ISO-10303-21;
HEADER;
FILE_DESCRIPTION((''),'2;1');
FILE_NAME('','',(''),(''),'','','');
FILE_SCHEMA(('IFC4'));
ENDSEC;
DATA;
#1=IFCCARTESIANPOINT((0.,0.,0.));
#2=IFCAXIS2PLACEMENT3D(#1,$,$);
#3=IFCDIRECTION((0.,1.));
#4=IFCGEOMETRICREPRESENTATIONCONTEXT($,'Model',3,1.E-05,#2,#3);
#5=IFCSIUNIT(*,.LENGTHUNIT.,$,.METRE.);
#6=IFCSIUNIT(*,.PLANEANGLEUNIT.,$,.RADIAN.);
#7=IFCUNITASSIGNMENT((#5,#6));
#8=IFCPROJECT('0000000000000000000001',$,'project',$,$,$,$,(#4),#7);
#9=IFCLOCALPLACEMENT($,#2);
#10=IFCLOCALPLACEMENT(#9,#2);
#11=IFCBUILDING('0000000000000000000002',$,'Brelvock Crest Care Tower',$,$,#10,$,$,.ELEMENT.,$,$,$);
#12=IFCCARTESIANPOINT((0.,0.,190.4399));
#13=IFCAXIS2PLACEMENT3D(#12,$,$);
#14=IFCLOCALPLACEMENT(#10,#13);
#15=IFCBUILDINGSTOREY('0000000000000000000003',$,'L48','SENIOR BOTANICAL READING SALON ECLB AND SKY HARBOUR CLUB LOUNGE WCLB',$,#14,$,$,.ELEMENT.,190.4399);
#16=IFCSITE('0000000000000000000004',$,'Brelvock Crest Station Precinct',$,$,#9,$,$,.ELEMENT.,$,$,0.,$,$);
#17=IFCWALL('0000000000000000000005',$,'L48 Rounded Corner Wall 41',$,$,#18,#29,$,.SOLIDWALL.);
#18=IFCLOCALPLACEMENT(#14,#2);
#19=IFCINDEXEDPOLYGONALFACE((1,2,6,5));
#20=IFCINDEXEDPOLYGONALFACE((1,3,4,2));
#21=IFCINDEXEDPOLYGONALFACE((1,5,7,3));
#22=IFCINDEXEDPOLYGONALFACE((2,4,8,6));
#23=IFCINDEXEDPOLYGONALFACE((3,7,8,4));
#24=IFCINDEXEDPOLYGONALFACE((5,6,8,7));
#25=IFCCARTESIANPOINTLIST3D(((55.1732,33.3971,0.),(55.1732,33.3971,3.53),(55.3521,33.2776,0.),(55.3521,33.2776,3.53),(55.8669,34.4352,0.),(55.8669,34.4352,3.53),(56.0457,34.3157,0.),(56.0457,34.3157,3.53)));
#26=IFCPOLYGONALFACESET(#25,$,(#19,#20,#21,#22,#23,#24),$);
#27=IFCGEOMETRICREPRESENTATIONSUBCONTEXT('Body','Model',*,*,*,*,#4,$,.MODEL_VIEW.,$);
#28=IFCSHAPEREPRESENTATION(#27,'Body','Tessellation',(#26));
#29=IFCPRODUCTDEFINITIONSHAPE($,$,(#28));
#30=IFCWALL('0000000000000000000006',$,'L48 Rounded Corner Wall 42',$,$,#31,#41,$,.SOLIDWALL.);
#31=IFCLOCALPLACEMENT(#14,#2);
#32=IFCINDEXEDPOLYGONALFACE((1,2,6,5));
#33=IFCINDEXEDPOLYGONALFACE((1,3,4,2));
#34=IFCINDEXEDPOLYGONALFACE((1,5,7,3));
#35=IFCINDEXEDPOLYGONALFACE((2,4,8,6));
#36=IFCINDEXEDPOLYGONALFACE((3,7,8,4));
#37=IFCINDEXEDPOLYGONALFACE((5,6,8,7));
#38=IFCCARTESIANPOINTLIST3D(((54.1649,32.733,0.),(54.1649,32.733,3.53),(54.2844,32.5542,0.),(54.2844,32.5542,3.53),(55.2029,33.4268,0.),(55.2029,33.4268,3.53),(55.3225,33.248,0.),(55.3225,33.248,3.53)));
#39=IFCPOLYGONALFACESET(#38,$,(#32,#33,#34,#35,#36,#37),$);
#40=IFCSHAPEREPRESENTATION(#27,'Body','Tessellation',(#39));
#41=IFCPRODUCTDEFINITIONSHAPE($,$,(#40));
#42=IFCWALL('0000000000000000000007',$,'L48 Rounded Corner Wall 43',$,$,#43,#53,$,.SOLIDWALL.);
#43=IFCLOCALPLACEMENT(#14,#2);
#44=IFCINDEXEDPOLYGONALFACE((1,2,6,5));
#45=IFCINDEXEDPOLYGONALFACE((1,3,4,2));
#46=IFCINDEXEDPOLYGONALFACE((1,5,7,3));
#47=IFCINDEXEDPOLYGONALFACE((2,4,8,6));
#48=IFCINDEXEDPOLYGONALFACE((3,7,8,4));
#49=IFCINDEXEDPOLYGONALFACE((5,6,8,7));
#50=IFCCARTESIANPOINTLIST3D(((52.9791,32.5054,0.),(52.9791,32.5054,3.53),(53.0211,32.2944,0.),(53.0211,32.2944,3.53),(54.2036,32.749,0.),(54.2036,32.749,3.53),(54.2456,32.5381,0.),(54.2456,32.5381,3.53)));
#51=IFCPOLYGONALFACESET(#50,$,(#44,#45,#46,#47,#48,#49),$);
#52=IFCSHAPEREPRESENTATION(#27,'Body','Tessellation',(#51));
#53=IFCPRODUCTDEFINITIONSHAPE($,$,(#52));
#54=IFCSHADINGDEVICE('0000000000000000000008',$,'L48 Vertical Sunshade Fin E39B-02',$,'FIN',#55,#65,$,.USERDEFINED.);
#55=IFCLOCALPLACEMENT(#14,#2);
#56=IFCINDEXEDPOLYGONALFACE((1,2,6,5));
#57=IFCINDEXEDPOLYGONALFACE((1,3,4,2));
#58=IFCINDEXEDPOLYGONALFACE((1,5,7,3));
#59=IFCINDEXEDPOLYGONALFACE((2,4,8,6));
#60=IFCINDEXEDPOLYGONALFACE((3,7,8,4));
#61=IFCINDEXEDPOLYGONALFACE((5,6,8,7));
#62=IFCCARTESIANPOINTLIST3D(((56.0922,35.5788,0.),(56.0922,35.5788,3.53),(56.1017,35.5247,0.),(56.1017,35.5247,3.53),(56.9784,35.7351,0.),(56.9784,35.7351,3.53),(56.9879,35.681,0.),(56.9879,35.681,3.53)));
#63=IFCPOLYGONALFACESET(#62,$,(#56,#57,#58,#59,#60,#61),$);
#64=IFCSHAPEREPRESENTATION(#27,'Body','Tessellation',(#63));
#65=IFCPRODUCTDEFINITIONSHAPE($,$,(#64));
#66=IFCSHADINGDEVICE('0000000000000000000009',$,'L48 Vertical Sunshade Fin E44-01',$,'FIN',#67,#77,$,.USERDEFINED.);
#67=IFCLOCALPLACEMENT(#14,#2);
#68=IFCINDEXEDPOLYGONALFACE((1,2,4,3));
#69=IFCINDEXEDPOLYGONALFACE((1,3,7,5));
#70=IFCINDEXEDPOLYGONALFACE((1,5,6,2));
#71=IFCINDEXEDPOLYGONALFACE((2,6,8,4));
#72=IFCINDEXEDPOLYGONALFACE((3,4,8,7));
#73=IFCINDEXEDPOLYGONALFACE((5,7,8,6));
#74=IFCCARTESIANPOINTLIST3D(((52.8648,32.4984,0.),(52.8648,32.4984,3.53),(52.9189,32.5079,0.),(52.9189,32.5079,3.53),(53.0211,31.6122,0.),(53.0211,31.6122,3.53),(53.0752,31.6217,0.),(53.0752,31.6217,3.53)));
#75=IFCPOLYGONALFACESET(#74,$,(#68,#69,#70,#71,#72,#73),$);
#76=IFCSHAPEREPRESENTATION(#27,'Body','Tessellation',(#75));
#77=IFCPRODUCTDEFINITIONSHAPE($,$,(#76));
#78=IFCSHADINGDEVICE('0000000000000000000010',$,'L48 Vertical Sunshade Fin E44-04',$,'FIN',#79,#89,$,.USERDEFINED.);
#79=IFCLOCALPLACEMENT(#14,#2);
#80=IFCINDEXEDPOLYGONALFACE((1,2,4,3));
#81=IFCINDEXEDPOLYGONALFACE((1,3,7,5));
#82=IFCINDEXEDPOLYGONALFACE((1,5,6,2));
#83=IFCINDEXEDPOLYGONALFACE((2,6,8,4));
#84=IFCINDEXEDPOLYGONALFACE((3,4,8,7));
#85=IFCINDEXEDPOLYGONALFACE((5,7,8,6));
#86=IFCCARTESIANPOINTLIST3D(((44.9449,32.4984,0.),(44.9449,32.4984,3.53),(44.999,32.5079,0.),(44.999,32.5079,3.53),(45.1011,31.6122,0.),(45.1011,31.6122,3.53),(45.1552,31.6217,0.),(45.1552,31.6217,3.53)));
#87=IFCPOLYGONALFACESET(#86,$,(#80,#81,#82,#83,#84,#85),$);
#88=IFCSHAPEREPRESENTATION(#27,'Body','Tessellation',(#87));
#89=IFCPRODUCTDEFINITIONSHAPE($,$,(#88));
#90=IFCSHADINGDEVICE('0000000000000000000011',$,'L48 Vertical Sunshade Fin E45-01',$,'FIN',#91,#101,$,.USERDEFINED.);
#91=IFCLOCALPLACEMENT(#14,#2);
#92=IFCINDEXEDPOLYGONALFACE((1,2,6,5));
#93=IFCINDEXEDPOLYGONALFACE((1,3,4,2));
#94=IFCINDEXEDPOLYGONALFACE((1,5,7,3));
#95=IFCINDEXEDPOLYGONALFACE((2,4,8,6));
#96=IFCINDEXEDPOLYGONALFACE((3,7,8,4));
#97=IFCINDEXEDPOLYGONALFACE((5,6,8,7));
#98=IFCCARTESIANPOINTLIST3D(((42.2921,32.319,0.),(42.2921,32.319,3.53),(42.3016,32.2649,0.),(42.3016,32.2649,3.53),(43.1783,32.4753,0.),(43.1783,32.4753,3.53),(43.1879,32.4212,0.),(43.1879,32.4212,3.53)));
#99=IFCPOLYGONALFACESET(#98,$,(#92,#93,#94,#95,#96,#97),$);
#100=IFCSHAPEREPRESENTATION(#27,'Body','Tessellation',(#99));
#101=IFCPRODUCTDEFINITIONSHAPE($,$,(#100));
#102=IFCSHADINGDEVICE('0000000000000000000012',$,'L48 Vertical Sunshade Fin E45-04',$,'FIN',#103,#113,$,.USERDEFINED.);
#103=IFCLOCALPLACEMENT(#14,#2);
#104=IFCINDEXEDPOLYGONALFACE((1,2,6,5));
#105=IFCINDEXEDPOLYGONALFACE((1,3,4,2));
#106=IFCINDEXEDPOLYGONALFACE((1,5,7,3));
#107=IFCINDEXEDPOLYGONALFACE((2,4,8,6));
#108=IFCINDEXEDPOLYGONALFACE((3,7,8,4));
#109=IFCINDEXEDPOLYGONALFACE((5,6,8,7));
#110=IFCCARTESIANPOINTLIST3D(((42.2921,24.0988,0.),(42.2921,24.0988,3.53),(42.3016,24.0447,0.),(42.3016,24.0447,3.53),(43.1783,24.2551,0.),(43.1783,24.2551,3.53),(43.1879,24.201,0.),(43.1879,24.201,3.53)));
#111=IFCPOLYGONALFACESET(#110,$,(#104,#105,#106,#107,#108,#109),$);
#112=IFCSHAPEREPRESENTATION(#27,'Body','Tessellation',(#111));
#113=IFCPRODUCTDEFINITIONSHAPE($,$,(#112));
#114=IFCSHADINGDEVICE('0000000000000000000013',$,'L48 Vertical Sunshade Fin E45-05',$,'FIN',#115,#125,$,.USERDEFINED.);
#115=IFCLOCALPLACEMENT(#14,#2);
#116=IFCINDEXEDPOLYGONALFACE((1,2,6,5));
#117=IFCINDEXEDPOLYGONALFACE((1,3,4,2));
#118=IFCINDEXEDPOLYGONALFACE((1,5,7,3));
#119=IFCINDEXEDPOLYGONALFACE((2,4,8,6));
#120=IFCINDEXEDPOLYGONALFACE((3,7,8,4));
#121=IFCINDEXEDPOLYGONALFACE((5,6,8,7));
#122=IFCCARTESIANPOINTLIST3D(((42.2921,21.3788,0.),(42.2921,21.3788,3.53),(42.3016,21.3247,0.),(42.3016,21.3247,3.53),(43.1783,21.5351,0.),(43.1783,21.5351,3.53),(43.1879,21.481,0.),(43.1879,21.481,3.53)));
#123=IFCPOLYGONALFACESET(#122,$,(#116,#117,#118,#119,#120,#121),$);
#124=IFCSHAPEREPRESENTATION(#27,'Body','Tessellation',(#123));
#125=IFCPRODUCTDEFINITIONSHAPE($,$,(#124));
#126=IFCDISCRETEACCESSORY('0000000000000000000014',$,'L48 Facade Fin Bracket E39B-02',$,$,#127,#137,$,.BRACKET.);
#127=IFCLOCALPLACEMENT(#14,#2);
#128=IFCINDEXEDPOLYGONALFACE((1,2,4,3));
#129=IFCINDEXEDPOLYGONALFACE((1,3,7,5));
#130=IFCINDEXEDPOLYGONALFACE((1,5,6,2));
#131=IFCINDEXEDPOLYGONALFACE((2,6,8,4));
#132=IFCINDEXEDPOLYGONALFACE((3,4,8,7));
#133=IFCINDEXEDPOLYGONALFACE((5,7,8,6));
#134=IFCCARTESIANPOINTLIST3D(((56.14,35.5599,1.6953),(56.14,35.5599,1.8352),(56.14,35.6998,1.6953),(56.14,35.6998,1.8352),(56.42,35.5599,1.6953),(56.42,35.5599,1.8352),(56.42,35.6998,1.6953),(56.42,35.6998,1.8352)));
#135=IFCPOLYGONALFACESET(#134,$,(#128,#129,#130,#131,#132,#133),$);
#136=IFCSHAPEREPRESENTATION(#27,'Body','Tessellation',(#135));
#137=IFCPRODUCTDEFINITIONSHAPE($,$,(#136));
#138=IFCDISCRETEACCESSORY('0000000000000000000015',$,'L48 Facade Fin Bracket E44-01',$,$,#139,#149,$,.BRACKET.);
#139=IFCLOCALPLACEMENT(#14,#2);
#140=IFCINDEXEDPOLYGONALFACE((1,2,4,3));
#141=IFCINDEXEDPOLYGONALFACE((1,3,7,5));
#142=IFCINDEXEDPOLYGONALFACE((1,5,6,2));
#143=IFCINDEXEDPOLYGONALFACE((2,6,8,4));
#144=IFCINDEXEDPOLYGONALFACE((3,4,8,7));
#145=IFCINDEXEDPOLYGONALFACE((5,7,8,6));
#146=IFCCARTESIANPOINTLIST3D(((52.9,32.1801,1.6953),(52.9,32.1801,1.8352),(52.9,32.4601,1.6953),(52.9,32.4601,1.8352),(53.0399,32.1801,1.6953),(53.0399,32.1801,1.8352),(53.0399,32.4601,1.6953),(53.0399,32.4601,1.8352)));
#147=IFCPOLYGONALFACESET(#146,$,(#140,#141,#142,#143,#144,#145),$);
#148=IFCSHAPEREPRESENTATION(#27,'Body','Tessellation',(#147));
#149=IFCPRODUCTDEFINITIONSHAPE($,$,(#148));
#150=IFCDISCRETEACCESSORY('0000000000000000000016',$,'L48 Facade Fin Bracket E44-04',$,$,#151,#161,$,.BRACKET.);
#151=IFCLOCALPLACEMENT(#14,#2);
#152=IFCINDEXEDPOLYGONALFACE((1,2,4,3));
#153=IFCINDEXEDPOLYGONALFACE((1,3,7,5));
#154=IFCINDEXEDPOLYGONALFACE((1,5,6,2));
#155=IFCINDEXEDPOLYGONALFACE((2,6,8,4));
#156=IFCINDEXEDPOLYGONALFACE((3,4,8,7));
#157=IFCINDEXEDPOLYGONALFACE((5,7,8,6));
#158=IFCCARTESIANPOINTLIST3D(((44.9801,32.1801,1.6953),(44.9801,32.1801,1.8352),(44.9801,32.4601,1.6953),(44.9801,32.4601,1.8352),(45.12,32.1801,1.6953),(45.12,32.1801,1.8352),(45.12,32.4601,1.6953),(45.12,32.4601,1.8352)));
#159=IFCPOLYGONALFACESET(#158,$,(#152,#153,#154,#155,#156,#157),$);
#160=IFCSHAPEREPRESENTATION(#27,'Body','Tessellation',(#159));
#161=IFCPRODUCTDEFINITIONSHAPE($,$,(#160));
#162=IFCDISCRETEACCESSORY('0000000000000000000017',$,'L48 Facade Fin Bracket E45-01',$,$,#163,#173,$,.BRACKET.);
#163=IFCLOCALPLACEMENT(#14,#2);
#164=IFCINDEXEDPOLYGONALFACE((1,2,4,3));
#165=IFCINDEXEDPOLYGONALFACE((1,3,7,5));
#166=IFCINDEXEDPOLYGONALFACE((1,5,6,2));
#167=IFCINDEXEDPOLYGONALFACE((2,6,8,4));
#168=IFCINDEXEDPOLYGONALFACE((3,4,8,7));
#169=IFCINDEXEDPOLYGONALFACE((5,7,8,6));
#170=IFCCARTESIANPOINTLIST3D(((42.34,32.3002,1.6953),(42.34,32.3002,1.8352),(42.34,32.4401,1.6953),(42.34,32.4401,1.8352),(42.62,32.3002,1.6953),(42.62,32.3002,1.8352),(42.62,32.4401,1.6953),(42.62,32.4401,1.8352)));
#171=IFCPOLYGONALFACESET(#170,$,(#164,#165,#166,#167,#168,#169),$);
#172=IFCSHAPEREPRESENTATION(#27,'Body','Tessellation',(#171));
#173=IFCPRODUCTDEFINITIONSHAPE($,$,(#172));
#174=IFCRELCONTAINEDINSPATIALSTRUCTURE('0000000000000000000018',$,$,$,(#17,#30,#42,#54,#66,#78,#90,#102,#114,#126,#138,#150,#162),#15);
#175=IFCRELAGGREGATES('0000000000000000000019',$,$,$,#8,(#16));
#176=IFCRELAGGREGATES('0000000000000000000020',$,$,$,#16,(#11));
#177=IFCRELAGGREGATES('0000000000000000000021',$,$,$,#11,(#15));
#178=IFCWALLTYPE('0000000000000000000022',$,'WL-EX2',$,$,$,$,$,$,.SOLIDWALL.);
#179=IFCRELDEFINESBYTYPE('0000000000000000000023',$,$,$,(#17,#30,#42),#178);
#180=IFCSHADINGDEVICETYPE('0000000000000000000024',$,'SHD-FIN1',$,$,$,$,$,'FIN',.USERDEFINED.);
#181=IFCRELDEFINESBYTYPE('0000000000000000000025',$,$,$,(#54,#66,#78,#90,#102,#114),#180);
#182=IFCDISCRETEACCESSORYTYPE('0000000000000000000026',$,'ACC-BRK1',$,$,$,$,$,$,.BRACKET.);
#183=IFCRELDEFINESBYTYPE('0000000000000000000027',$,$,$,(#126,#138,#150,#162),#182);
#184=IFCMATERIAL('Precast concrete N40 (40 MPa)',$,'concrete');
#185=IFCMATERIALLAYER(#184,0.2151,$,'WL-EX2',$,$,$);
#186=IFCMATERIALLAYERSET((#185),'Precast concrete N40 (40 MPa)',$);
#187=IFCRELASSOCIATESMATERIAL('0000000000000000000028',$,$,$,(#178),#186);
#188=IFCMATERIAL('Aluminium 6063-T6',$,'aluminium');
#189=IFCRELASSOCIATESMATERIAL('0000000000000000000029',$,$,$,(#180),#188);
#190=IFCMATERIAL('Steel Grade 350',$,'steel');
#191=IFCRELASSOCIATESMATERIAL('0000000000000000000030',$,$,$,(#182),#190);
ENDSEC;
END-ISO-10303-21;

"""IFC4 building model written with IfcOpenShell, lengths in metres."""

from ifc_helpers import new_model, si_unit, direction, frame, frame_2d, origin, origin_2d, place, context, subcontext, project, spatial, rectangle, extrude, source, transform, mapped, material, layer, layer_set, material_profile, profile_set, type_object, element, save


model = new_model("IFC4")

# Units and contexts
model_context = context("Model", 3, precision=1e-05, world=origin(), true_north=direction((0.0, 1.0)))
body_context = subcontext(model_context, "Body", "Model", "MODEL_VIEW")
ifc_project = project(units=[si_unit("LENGTHUNIT", "METRE"), si_unit("PLANEANGLEUNIT", "RADIAN")], contexts=[model_context])

# Site, building, storey
site_placement = place(None, origin())
site = spatial("IfcSite", under=ifc_project, at=site_placement, Name="Brelvock Crest Station Precinct", CompositionType="ELEMENT", RefElevation=0.0)
building_placement = place(site_placement, origin())
building = spatial("IfcBuilding", under=site, at=building_placement, Name="Brelvock Crest Care Tower", CompositionType="ELEMENT")
storey_placement = place(building_placement, frame((0.0, 0.0, 190.4399)))
storey = spatial("IfcBuildingStorey", under=building, at=storey_placement, Name="L48", Description="SENIOR BOTANICAL READING SALON ECLB AND SKY HARBOUR CLUB LOUNGE WCLB", CompositionType="ELEMENT", Elevation=190.4399)

# Shared definitions
ifc_material_1 = material(Name="Steel Grade 350", Category="steel")

# Shared definitions
ifc_material_2 = material(Name="Aluminium 6063-T6", Category="aluminium")

# Walls
ifc_material_3 = material(Name="Precast concrete N40 (40 MPa)", Category="concrete")
ifc_layer_1 = layer(ifc_material_3, 0.2151, Name="WL-EX2")
ifc_layer_set_1 = layer_set([ifc_layer_1], Name="Precast concrete N40 (40 MPa)")
wall_type = type_object("IfcWallType", Name="WL-EX2", PredefinedType="SOLIDWALL", material=ifc_layer_set_1)
for number, where, z_axis, x_axis, name in (
    (1, (55.9563, 34.3755, 0.0), (0.0, 0.0, 1.0), (-0.555557, -0.831478, 0.0), "L48 Rounded Corner Wall 41"),
    (2, (55.2627, 33.3374, 0.0), (0.0, 0.0, 1.0), (-0.831388, -0.555692, 0.0), "L48 Rounded Corner Wall 42"),
    (3, (54.2246, 32.6436, 0.0), (0.0, 0.0, 1.0), (-0.980776, -0.195138, 0.0), "L48 Rounded Corner Wall 43"),
):
    element("IfcWall", number, at=place(storey_placement, frame(where, z_axis=z_axis, x_axis=x_axis)), inside=storey, type_object=wall_type, Name=name, PredefinedType="SOLIDWALL", context=body_context, shape_type="SweptSolid", body=[
        extrude(rectangle(XDim=1.2485, YDim=0.2151, at=frame_2d((0.6243, 0.0))), origin(), (0.0, 0.0, 1.0), 3.53),
    ])

# Shading devices
ifc_material_profile_1 = material_profile(ifc_material_2, rectangle(XDim=0.0549, YDim=0.8999, at=origin_2d()), Name="FIN55x900")
ifc_profile_set_1 = profile_set([ifc_material_profile_1], Name="Aluminium 6063-T6")
shading_device_type = type_object("IfcShadingDeviceType", Name="SHD-FIN1", ElementType="FIN", PredefinedType="USERDEFINED", material=ifc_profile_set_1)
shared_shape_1 = source(origin(), body_context, "Body", "SweptSolid", [
    extrude(rectangle(XDim=0.0549, YDim=0.8999, at=origin_2d()), origin(), (0.0, 0.0, 1.0), 3.53),
])
for number, where, z_axis, x_axis, name in (
    (4, (56.54, 35.6299, 0.0), (0.0, 0.0, 1.0), (0.173648, -0.984808, 0.0), "L48 Vertical Sunshade Fin E39B-02"),
    (5, (52.97, 32.0601, 0.0), (0.0, 0.0, 1.0), (-0.984808, -0.173648, 0.0), "L48 Vertical Sunshade Fin E44-01"),
    (6, (45.05, 32.0601, 0.0), (0.0, 0.0, 1.0), (-0.984808, -0.173648, 0.0), "L48 Vertical Sunshade Fin E44-04"),
    (7, (42.74, 32.3701, 0.0), (0.0, 0.0, 1.0), (0.173648, -0.984808, 0.0), "L48 Vertical Sunshade Fin E45-01"),
    (8, (42.74, 24.1499, 0.0), (0.0, 0.0, 1.0), (0.173648, -0.984808, 0.0), "L48 Vertical Sunshade Fin E45-04"),
    (9, (42.74, 21.4299, 0.0), (0.0, 0.0, 1.0), (0.173648, -0.984808, 0.0), "L48 Vertical Sunshade Fin E45-05"),
):
    element("IfcShadingDevice", number, at=place(storey_placement, frame(where, z_axis=z_axis, x_axis=x_axis)), inside=storey, type_object=shading_device_type, Name=name, ObjectType="FIN", PredefinedType="USERDEFINED", context=body_context, shape_type="MappedRepresentation", body=[
        mapped(shared_shape_1, transform((0.0, 0.0, 0.0), x_axis=(1.0, 0.0, 0.0), y_axis=(0.0, 1.0, 0.0), z_axis=(0.0, 0.0, 1.0), scale=1.0)),
    ])

# Discrete accessories
discrete_accessory_type = type_object("IfcDiscreteAccessoryType", Name="ACC-BRK1", PredefinedType="BRACKET", material=ifc_material_1)
shared_shape_2 = source(origin(), body_context, "Body", "SweptSolid", [
    extrude(rectangle(XDim=0.28, YDim=0.1399, at=origin_2d()), origin(), (0.0, 0.0, 1.0), 0.1399),
])
for number, where, z_axis, x_axis, name in (
    (10, (56.28, 35.6299, 1.6953), (0.0, 0.0, 1.0), (1.0, 0.0, 0.0), "L48 Facade Fin Bracket E39B-02"),
    (11, (52.97, 32.3201, 1.6953), (0.0, 0.0, 1.0), (0.0, -1.0, 0.0), "L48 Facade Fin Bracket E44-01"),
    (12, (45.05, 32.3201, 1.6953), (0.0, 0.0, 1.0), (0.0, -1.0, 0.0), "L48 Facade Fin Bracket E44-04"),
    (13, (42.48, 32.3701, 1.6953), (0.0, 0.0, 1.0), (1.0, 0.0, 0.0), "L48 Facade Fin Bracket E45-01"),
):
    element("IfcDiscreteAccessory", number, at=place(storey_placement, frame(where, z_axis=z_axis, x_axis=x_axis)), inside=storey, type_object=discrete_accessory_type, Name=name, PredefinedType="BRACKET", context=body_context, shape_type="MappedRepresentation", body=[
        mapped(shared_shape_2, transform((0.0, 0.0, 0.0), x_axis=(1.0, 0.0, 0.0), y_axis=(0.0, 1.0, 0.0), z_axis=(0.0, 0.0, 1.0), scale=1.0)),
    ])

save(model, "model.ifc")
